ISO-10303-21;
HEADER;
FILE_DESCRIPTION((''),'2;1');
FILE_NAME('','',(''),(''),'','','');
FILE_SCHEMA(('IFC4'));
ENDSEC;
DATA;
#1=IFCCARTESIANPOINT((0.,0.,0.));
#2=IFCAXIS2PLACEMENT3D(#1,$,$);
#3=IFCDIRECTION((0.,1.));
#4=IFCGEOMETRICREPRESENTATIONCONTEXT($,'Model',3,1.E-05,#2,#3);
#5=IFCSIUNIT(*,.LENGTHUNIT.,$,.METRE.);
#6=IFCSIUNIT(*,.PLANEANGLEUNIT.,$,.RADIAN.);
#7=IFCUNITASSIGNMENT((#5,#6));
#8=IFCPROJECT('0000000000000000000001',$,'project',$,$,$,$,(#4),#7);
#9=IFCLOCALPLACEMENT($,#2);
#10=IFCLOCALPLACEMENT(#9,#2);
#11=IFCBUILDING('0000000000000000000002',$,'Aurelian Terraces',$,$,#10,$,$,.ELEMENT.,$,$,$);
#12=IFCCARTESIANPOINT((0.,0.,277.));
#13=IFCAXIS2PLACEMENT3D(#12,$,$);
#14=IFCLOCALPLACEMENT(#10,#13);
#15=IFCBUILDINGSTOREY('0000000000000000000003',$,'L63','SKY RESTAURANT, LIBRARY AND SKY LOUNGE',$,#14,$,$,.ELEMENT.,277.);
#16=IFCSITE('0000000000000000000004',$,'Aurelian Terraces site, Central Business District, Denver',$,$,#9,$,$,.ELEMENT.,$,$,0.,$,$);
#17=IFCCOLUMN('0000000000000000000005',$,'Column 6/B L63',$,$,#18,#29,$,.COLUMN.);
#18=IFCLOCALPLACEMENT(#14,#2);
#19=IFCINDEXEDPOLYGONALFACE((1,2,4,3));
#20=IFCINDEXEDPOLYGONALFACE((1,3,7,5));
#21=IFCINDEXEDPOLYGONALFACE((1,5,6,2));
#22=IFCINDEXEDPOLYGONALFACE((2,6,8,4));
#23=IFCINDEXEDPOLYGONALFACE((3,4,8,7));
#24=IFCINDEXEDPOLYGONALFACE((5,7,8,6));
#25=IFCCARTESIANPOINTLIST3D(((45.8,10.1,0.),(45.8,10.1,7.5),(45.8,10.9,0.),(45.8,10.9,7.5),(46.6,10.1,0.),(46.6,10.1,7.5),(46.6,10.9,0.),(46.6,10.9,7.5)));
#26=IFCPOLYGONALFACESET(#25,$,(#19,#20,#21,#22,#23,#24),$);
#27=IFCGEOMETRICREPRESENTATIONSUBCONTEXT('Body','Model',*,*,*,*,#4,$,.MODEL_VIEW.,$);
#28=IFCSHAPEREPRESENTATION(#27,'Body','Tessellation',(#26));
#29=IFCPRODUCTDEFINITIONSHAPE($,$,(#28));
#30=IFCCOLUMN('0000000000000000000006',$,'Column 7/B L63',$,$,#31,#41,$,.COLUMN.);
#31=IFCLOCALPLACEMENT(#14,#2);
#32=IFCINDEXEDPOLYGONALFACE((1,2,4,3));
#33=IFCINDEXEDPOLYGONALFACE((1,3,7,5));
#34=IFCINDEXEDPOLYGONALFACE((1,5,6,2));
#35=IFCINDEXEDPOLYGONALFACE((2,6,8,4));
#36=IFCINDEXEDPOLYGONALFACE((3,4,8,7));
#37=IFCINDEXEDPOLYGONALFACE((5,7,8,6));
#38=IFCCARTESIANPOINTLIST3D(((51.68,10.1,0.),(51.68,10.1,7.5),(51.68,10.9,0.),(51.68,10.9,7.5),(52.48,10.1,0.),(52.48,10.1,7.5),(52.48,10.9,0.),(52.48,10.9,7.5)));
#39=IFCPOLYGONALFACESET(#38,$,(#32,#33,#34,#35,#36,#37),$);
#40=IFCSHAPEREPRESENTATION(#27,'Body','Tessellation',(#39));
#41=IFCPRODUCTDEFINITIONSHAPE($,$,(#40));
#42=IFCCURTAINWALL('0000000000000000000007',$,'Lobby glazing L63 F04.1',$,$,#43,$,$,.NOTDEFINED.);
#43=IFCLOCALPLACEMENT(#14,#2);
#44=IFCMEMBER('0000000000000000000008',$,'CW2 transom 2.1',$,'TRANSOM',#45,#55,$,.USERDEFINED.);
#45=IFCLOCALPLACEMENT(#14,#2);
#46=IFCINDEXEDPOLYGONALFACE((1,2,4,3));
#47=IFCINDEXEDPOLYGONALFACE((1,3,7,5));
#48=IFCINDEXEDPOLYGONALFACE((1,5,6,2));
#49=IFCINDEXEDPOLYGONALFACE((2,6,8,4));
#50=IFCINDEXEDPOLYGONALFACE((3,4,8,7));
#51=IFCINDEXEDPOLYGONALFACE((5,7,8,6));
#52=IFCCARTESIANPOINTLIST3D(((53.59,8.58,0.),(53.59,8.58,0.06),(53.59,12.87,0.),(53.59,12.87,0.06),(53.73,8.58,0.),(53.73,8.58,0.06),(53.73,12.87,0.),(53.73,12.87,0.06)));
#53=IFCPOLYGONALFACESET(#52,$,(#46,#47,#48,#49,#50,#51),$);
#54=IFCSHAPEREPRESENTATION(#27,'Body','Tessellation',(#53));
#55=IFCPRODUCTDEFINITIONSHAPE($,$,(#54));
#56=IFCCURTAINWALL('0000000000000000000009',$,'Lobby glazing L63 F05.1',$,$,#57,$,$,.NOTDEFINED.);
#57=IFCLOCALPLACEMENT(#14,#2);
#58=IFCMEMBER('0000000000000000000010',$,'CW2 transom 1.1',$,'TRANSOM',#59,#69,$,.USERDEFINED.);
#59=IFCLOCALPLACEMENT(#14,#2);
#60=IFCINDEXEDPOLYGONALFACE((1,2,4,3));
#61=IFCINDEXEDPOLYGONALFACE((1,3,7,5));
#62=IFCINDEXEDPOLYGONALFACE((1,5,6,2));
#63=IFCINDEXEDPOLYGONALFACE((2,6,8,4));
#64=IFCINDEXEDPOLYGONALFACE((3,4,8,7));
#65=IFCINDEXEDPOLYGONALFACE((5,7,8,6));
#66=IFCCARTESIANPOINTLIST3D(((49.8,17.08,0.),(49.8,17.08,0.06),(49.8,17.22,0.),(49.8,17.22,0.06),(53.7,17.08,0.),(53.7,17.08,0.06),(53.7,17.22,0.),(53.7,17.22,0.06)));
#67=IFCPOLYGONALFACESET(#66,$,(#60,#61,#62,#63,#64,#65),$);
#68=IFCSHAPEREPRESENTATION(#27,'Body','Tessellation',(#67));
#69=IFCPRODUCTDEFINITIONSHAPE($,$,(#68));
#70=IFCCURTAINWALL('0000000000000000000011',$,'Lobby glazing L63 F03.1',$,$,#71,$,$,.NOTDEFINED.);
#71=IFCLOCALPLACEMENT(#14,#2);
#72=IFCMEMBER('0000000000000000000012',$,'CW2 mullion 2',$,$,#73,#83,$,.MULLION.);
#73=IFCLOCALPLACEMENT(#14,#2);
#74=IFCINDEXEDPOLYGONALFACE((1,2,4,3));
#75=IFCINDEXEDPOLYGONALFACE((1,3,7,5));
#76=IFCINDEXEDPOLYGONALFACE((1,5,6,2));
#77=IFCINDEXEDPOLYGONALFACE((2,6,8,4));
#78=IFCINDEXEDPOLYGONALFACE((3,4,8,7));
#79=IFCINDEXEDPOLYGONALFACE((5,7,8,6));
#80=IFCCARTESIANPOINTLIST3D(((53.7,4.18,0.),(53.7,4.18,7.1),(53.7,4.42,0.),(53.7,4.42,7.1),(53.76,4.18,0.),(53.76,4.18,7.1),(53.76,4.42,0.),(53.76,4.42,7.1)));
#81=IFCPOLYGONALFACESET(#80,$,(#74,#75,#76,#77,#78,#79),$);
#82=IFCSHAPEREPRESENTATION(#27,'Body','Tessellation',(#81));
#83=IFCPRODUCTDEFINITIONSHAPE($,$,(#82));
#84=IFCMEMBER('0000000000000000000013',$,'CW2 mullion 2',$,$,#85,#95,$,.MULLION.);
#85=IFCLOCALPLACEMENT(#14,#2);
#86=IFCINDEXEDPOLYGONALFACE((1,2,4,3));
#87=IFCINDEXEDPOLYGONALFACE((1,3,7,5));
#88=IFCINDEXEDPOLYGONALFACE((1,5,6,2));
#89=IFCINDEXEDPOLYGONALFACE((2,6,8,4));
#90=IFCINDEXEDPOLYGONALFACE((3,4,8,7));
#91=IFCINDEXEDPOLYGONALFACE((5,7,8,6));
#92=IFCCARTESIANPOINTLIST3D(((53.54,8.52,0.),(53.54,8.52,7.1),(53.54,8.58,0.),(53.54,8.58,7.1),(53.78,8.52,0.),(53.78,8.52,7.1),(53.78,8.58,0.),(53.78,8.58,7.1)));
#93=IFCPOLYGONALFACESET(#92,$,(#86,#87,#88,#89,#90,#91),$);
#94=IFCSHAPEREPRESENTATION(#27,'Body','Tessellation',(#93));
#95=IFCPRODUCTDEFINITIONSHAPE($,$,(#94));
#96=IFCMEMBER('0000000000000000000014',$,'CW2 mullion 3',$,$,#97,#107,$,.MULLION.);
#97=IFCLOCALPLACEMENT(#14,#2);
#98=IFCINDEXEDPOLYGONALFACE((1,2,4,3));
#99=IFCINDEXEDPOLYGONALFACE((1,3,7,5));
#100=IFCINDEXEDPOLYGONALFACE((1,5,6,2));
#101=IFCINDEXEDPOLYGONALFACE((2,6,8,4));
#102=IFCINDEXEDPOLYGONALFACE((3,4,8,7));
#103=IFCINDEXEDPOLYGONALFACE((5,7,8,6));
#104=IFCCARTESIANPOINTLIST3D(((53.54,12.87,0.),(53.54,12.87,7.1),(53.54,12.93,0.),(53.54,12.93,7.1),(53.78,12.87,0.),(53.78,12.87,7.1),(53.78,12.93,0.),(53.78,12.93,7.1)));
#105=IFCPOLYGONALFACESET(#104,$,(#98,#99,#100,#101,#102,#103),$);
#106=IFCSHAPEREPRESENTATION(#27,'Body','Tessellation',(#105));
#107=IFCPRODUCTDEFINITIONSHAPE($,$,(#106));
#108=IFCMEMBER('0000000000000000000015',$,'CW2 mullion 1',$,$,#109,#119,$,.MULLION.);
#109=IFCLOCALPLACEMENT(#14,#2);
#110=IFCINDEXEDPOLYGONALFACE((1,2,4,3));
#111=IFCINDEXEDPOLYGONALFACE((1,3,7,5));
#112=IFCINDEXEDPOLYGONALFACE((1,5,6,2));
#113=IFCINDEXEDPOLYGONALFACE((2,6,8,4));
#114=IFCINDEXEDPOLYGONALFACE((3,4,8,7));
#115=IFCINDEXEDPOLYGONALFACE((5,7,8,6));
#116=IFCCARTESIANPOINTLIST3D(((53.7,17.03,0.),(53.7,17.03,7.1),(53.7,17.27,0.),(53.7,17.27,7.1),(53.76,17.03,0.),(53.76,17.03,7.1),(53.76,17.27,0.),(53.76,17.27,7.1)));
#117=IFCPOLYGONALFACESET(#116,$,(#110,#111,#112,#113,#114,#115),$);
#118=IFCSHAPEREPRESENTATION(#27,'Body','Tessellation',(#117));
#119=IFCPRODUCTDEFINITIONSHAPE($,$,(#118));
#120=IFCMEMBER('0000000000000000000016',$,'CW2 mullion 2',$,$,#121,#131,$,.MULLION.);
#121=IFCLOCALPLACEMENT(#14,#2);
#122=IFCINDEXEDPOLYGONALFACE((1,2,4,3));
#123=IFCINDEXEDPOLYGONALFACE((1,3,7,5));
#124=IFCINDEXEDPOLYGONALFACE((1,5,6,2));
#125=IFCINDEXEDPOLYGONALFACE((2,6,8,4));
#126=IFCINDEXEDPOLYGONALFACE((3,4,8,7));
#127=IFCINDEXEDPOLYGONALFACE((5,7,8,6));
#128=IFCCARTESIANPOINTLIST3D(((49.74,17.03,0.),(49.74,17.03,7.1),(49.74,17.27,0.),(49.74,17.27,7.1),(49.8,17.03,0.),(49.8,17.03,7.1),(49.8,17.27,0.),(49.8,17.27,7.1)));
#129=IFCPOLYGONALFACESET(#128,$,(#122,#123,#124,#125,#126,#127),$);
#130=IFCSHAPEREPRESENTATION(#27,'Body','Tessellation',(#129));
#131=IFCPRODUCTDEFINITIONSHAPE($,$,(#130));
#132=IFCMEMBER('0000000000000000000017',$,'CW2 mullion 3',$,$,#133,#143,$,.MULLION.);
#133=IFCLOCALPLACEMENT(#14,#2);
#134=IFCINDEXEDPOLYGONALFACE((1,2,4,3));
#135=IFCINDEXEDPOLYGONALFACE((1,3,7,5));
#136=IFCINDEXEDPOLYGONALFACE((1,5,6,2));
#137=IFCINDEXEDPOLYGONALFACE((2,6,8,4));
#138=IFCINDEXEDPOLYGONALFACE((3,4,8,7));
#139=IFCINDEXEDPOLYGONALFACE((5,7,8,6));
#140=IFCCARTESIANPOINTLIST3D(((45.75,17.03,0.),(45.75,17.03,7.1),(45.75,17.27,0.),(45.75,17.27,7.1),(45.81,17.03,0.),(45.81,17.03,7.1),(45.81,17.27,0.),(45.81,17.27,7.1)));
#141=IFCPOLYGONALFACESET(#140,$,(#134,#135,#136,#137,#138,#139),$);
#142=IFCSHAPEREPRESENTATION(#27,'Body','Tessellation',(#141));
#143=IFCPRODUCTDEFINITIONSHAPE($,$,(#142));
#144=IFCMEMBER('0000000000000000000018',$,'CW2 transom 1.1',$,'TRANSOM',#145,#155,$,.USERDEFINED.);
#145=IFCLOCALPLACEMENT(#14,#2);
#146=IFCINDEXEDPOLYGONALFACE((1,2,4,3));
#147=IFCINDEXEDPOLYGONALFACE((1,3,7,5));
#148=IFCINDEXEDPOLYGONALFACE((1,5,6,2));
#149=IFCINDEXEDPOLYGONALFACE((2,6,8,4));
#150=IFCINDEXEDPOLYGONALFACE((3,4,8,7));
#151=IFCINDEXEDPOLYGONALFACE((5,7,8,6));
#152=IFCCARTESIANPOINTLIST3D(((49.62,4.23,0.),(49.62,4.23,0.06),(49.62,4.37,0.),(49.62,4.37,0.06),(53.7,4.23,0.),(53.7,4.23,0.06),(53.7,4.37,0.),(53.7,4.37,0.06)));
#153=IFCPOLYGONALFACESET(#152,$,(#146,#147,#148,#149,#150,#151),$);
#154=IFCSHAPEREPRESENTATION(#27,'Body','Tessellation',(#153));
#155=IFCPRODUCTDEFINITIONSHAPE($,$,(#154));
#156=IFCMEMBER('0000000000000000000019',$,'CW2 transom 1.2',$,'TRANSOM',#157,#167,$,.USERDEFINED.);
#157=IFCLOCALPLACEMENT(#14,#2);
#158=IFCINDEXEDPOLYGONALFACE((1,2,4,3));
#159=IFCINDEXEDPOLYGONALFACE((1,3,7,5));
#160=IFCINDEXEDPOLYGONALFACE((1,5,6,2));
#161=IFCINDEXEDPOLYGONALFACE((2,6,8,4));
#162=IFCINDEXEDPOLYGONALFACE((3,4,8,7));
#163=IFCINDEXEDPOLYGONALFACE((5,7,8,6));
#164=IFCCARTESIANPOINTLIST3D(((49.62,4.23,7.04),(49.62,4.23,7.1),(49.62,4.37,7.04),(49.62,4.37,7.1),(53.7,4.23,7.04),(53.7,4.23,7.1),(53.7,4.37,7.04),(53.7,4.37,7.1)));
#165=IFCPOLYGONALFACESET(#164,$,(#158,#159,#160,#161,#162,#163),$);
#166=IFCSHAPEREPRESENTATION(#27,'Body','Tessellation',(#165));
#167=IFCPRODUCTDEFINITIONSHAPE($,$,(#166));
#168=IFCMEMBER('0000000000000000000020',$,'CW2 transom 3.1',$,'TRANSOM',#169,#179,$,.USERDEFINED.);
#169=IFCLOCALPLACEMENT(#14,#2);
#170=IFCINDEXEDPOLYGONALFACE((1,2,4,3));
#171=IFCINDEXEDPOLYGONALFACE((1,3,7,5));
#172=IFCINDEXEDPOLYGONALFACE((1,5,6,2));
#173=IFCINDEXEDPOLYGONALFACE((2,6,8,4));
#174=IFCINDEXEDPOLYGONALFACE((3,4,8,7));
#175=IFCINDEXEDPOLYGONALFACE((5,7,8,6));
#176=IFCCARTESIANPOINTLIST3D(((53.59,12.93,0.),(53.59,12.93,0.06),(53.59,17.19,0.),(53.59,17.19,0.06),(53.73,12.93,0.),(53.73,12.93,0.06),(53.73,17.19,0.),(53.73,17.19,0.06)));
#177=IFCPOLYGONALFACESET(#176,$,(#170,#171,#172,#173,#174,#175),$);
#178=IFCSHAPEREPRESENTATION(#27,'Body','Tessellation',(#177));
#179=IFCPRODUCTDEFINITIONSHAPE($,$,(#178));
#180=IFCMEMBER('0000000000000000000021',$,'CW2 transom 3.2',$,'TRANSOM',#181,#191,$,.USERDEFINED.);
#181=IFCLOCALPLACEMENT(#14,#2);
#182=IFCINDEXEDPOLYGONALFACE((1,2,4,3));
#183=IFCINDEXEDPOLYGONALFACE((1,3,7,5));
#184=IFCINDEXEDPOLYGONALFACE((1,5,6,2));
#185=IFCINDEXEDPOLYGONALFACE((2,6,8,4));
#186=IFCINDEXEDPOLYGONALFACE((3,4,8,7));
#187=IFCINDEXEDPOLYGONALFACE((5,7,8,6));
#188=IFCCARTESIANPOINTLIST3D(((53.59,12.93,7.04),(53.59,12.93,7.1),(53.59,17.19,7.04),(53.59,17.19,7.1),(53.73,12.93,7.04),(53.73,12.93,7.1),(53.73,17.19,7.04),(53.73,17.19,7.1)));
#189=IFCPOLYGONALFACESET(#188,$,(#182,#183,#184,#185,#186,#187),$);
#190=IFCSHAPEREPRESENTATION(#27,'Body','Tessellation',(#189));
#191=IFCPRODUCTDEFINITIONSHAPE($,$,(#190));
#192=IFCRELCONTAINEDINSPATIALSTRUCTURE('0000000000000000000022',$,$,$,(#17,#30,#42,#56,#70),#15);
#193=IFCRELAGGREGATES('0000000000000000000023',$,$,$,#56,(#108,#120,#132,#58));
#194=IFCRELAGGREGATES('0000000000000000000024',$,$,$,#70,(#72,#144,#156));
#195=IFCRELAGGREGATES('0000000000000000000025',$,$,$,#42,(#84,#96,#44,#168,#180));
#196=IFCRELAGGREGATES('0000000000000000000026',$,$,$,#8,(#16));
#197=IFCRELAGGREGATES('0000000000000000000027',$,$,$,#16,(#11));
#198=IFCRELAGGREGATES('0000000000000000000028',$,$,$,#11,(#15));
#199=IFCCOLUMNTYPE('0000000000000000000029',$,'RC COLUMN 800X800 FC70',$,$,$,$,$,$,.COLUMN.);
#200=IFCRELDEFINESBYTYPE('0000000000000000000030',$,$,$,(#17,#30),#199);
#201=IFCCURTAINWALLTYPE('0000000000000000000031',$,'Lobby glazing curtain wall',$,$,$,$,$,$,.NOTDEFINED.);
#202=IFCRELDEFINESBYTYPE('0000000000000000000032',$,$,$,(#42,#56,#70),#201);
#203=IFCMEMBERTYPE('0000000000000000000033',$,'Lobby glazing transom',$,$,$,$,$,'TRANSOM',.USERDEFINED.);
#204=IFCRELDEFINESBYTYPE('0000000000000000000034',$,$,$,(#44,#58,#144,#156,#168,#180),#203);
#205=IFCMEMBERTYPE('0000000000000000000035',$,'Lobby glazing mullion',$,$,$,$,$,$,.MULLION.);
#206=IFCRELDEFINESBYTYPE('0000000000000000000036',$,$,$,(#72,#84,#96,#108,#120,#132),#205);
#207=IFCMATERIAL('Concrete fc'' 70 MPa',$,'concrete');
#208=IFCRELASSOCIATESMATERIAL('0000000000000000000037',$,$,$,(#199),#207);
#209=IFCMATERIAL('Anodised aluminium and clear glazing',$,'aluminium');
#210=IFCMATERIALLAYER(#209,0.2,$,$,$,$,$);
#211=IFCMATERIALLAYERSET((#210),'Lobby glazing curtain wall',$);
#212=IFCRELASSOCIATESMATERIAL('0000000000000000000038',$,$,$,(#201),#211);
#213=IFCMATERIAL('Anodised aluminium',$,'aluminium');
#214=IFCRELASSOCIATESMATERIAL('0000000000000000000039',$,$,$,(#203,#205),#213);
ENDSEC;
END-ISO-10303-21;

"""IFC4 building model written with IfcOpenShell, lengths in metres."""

from ifc_helpers import new_model, si_unit, direction, frame, origin, origin_2d, place, context, subcontext, project, spatial, rectangle, extrude, source, transform, mapped, material, layer, layer_set, material_profile, profile_set, type_object, element, aggregate, save


model = new_model("IFC4")

# Units and contexts
model_context = context("Model", 3, precision=1e-05, world=origin(), true_north=direction((0.0, 1.0)))
body_context = subcontext(model_context, "Body", "Model", "MODEL_VIEW")
ifc_project = project(units=[si_unit("LENGTHUNIT", "METRE"), si_unit("PLANEANGLEUNIT", "RADIAN")], contexts=[model_context])

# Site, building, storey
site_placement = place(None, origin())
site = spatial("IfcSite", under=ifc_project, at=site_placement, Name="Aurelian Terraces site, Central Business District, Denver", CompositionType="ELEMENT", RefElevation=0.0)
building_placement = place(site_placement, origin())
building = spatial("IfcBuilding", under=site, at=building_placement, Name="Aurelian Terraces", CompositionType="ELEMENT")
storey_placement = place(building_placement, frame((0.0, 0.0, 277.0)))
storey = spatial("IfcBuildingStorey", under=building, at=storey_placement, Name="L63", Description="SKY RESTAURANT, LIBRARY AND SKY LOUNGE", CompositionType="ELEMENT", Elevation=277.0)

# Columns
ifc_material_1 = material(Name="Concrete fc' 70 MPa", Category="concrete")
ifc_material_profile_1 = material_profile(ifc_material_1, rectangle(XDim=0.8, YDim=0.8, at=origin_2d()))
ifc_profile_set_1 = profile_set([ifc_material_profile_1], Name="Concrete fc' 70 MPa")
column_type = type_object("IfcColumnType", Name="RC COLUMN 800X800 FC70", PredefinedType="COLUMN", material=ifc_profile_set_1)
shared_shape_1 = source(origin(), body_context, "Body", "SweptSolid", [
    extrude(rectangle(XDim=0.8, YDim=0.8, at=origin_2d()), origin(), (0.0, 0.0, 1.0), 7.5),
])
for number, where, z_axis, x_axis, name in (
    (1, (46.2, 10.5, 0.0), (0.0, 0.0, 1.0), (1.0, 0.0, 0.0), "Column 6/B L63"),
    (2, (52.08, 10.5, 0.0), (0.0, 0.0, 1.0), (1.0, 0.0, 0.0), "Column 7/B L63"),
):
    element("IfcColumn", number, at=place(storey_placement, frame(where, z_axis=z_axis, x_axis=x_axis)), inside=storey, type_object=column_type, Name=name, PredefinedType="COLUMN", context=body_context, shape_type="MappedRepresentation", body=[
        mapped(shared_shape_1, transform((0.0, 0.0, 0.0), scale=1.0)),
    ])

# Curtain walls, members
ifc_material_2 = material(Name="Anodised aluminium and clear glazing", Category="aluminium")
ifc_layer_1 = layer(ifc_material_2, 0.2)
ifc_layer_set_1 = layer_set([ifc_layer_1], Name="Lobby glazing curtain wall")
curtain_wall_type = type_object("IfcCurtainWallType", Name="Lobby glazing curtain wall", PredefinedType="NOTDEFINED", material=ifc_layer_set_1)
curtain_wall_1_placement = place(storey_placement, origin())
curtain_wall_1 = element("IfcCurtainWall", 3, at=curtain_wall_1_placement, inside=storey, type_object=curtain_wall_type, Name="Lobby glazing L63 F04.1", PredefinedType="NOTDEFINED")
ifc_material_3 = material(Name="Anodised aluminium", Category="aluminium")
ifc_material_profile_2 = material_profile(ifc_material_3, rectangle(XDim=0.14, YDim=0.06, at=origin_2d()))
ifc_profile_set_2 = profile_set([ifc_material_profile_2], Name="Anodised aluminium")
member_type_1 = type_object("IfcMemberType", Name="Lobby glazing transom", ElementType="TRANSOM", PredefinedType="USERDEFINED", material=ifc_profile_set_2)
member_1_placement = place(storey_placement, frame((53.66, 8.58, 0.03), z_axis=(0.0, 1.0, 0.0), x_axis=(-1.0, 0.0, 0.0)))
member_1 = element("IfcMember", 4, at=member_1_placement, type_object=member_type_1, Name="CW2 transom 2.1", ObjectType="TRANSOM", PredefinedType="USERDEFINED", context=body_context, shape_type="SweptSolid", body=[
    extrude(rectangle(XDim=0.14, YDim=0.06, at=origin_2d()), origin(), (0.0, 0.0, 1.0), 4.29),
])
curtain_wall_2_placement = place(storey_placement, origin())
curtain_wall_2 = element("IfcCurtainWall", 5, at=curtain_wall_2_placement, inside=storey, type_object=curtain_wall_type, Name="Lobby glazing L63 F05.1", PredefinedType="NOTDEFINED")
member_2_placement = place(storey_placement, frame((53.7, 17.15, 0.03), z_axis=(-1.0, 0.0, 0.0), x_axis=(0.0, -1.0, 0.0)))
member_2 = element("IfcMember", 6, at=member_2_placement, type_object=member_type_1, Name="CW2 transom 1.1", ObjectType="TRANSOM", PredefinedType="USERDEFINED", context=body_context, shape_type="SweptSolid", body=[
    extrude(rectangle(XDim=0.14, YDim=0.06, at=origin_2d()), origin(), (0.0, 0.0, 1.0), 3.9),
])
curtain_wall_3_placement = place(storey_placement, origin())
curtain_wall_3 = element("IfcCurtainWall", 7, at=curtain_wall_3_placement, inside=storey, type_object=curtain_wall_type, Name="Lobby glazing L63 F03.1", PredefinedType="NOTDEFINED")
ifc_material_profile_3 = material_profile(ifc_material_3, rectangle(XDim=0.24, YDim=0.06, at=origin_2d()))
ifc_profile_set_3 = profile_set([ifc_material_profile_3], Name="Anodised aluminium")
member_type_2 = type_object("IfcMemberType", Name="Lobby glazing mullion", PredefinedType="MULLION", material=ifc_profile_set_3)
shared_shape_2 = source(origin(), body_context, "Body", "SweptSolid", [
    extrude(rectangle(XDim=0.24, YDim=0.06, at=origin_2d()), origin(), (0.0, 0.0, 1.0), 7.1),
])
member_3_placement = place(storey_placement, frame((53.73, 4.3, 0.0), z_axis=(0.0, 0.0, 1.0), x_axis=(0.0, 1.0, 0.0)))
member_3 = element("IfcMember", 8, at=member_3_placement, type_object=member_type_2, Name="CW2 mullion 2", PredefinedType="MULLION", context=body_context, shape_type="MappedRepresentation", body=[
    mapped(shared_shape_2, transform((0.0, 0.0, 0.0), scale=1.0)),
])

# Members
member_4_placement = place(storey_placement, frame((53.66, 8.55, 0.0), z_axis=(0.0, 0.0, 1.0), x_axis=(-1.0, 0.0, 0.0)))
member_4 = element("IfcMember", 9, at=member_4_placement, type_object=member_type_2, Name="CW2 mullion 2", PredefinedType="MULLION", context=body_context, shape_type="MappedRepresentation", body=[
    mapped(shared_shape_2, transform((0.0, 0.0, 0.0), scale=1.0)),
])
member_5_placement = place(storey_placement, frame((53.66, 12.9, 0.0), z_axis=(0.0, 0.0, 1.0), x_axis=(-1.0, 0.0, 0.0)))
member_5 = element("IfcMember", 10, at=member_5_placement, type_object=member_type_2, Name="CW2 mullion 3", PredefinedType="MULLION", context=body_context, shape_type="MappedRepresentation", body=[
    mapped(shared_shape_2, transform((0.0, 0.0, 0.0), scale=1.0)),
])
member_6_placement = place(storey_placement, frame((53.73, 17.15, 0.0), z_axis=(0.0, 0.0, 1.0), x_axis=(0.0, -1.0, 0.0)))
member_6 = element("IfcMember", 11, at=member_6_placement, type_object=member_type_2, Name="CW2 mullion 1", PredefinedType="MULLION", context=body_context, shape_type="MappedRepresentation", body=[
    mapped(shared_shape_2, transform((0.0, 0.0, 0.0), scale=1.0)),
])
member_7_placement = place(storey_placement, frame((49.77, 17.15, 0.0), z_axis=(0.0, 0.0, 1.0), x_axis=(0.0, -1.0, 0.0)))
member_7 = element("IfcMember", 12, at=member_7_placement, type_object=member_type_2, Name="CW2 mullion 2", PredefinedType="MULLION", context=body_context, shape_type="MappedRepresentation", body=[
    mapped(shared_shape_2, transform((0.0, 0.0, 0.0), scale=1.0)),
])
member_8_placement = place(storey_placement, frame((45.78, 17.15, 0.0), z_axis=(0.0, 0.0, 1.0), x_axis=(0.0, -1.0, 0.0)))
member_8 = element("IfcMember", 13, at=member_8_placement, type_object=member_type_2, Name="CW2 mullion 3", PredefinedType="MULLION", context=body_context, shape_type="MappedRepresentation", body=[
    mapped(shared_shape_2, transform((0.0, 0.0, 0.0), scale=1.0)),
])
shared_shape_3 = source(origin(), body_context, "Body", "SweptSolid", [
    extrude(rectangle(XDim=0.14, YDim=0.06, at=origin_2d()), origin(), (0.0, 0.0, 1.0), 4.08),
])
member_9_placement = place(storey_placement, frame((49.62, 4.3, 0.03), z_axis=(1.0, 0.0, 0.0), x_axis=(0.0, 1.0, 0.0)))
member_9 = element("IfcMember", 14, at=member_9_placement, type_object=member_type_1, Name="CW2 transom 1.1", ObjectType="TRANSOM", PredefinedType="USERDEFINED", context=body_context, shape_type="MappedRepresentation", body=[
    mapped(shared_shape_3, transform((0.0, 0.0, 0.0), scale=1.0)),
])
member_10_placement = place(storey_placement, frame((49.62, 4.3, 7.07), z_axis=(1.0, 0.0, 0.0), x_axis=(0.0, 1.0, 0.0)))
member_10 = element("IfcMember", 15, at=member_10_placement, type_object=member_type_1, Name="CW2 transom 1.2", ObjectType="TRANSOM", PredefinedType="USERDEFINED", context=body_context, shape_type="MappedRepresentation", body=[
    mapped(shared_shape_3, transform((0.0, 0.0, 0.0), scale=1.0)),
])
shared_shape_4 = source(origin(), body_context, "Body", "SweptSolid", [
    extrude(rectangle(XDim=0.14, YDim=0.06, at=origin_2d()), origin(), (0.0, 0.0, 1.0), 4.26),
])
member_11_placement = place(storey_placement, frame((53.66, 12.93, 0.03), z_axis=(0.0, 1.0, 0.0), x_axis=(-1.0, 0.0, 0.0)))
member_11 = element("IfcMember", 16, at=member_11_placement, type_object=member_type_1, Name="CW2 transom 3.1", ObjectType="TRANSOM", PredefinedType="USERDEFINED", context=body_context, shape_type="MappedRepresentation", body=[
    mapped(shared_shape_4, transform((0.0, 0.0, 0.0), scale=1.0)),
])
member_12_placement = place(storey_placement, frame((53.66, 12.93, 7.07), z_axis=(0.0, 1.0, 0.0), x_axis=(-1.0, 0.0, 0.0)))
member_12 = element("IfcMember", 17, at=member_12_placement, type_object=member_type_1, Name="CW2 transom 3.2", ObjectType="TRANSOM", PredefinedType="USERDEFINED", context=body_context, shape_type="MappedRepresentation", body=[
    mapped(shared_shape_4, transform((0.0, 0.0, 0.0), scale=1.0)),
])
aggregate(curtain_wall_2, [member_6, member_7, member_8, member_2])

aggregate(curtain_wall_3, [member_3, member_9, member_10])
aggregate(curtain_wall_1, [member_4, member_5, member_1, member_11, member_12])

save(model, "model.ifc")
